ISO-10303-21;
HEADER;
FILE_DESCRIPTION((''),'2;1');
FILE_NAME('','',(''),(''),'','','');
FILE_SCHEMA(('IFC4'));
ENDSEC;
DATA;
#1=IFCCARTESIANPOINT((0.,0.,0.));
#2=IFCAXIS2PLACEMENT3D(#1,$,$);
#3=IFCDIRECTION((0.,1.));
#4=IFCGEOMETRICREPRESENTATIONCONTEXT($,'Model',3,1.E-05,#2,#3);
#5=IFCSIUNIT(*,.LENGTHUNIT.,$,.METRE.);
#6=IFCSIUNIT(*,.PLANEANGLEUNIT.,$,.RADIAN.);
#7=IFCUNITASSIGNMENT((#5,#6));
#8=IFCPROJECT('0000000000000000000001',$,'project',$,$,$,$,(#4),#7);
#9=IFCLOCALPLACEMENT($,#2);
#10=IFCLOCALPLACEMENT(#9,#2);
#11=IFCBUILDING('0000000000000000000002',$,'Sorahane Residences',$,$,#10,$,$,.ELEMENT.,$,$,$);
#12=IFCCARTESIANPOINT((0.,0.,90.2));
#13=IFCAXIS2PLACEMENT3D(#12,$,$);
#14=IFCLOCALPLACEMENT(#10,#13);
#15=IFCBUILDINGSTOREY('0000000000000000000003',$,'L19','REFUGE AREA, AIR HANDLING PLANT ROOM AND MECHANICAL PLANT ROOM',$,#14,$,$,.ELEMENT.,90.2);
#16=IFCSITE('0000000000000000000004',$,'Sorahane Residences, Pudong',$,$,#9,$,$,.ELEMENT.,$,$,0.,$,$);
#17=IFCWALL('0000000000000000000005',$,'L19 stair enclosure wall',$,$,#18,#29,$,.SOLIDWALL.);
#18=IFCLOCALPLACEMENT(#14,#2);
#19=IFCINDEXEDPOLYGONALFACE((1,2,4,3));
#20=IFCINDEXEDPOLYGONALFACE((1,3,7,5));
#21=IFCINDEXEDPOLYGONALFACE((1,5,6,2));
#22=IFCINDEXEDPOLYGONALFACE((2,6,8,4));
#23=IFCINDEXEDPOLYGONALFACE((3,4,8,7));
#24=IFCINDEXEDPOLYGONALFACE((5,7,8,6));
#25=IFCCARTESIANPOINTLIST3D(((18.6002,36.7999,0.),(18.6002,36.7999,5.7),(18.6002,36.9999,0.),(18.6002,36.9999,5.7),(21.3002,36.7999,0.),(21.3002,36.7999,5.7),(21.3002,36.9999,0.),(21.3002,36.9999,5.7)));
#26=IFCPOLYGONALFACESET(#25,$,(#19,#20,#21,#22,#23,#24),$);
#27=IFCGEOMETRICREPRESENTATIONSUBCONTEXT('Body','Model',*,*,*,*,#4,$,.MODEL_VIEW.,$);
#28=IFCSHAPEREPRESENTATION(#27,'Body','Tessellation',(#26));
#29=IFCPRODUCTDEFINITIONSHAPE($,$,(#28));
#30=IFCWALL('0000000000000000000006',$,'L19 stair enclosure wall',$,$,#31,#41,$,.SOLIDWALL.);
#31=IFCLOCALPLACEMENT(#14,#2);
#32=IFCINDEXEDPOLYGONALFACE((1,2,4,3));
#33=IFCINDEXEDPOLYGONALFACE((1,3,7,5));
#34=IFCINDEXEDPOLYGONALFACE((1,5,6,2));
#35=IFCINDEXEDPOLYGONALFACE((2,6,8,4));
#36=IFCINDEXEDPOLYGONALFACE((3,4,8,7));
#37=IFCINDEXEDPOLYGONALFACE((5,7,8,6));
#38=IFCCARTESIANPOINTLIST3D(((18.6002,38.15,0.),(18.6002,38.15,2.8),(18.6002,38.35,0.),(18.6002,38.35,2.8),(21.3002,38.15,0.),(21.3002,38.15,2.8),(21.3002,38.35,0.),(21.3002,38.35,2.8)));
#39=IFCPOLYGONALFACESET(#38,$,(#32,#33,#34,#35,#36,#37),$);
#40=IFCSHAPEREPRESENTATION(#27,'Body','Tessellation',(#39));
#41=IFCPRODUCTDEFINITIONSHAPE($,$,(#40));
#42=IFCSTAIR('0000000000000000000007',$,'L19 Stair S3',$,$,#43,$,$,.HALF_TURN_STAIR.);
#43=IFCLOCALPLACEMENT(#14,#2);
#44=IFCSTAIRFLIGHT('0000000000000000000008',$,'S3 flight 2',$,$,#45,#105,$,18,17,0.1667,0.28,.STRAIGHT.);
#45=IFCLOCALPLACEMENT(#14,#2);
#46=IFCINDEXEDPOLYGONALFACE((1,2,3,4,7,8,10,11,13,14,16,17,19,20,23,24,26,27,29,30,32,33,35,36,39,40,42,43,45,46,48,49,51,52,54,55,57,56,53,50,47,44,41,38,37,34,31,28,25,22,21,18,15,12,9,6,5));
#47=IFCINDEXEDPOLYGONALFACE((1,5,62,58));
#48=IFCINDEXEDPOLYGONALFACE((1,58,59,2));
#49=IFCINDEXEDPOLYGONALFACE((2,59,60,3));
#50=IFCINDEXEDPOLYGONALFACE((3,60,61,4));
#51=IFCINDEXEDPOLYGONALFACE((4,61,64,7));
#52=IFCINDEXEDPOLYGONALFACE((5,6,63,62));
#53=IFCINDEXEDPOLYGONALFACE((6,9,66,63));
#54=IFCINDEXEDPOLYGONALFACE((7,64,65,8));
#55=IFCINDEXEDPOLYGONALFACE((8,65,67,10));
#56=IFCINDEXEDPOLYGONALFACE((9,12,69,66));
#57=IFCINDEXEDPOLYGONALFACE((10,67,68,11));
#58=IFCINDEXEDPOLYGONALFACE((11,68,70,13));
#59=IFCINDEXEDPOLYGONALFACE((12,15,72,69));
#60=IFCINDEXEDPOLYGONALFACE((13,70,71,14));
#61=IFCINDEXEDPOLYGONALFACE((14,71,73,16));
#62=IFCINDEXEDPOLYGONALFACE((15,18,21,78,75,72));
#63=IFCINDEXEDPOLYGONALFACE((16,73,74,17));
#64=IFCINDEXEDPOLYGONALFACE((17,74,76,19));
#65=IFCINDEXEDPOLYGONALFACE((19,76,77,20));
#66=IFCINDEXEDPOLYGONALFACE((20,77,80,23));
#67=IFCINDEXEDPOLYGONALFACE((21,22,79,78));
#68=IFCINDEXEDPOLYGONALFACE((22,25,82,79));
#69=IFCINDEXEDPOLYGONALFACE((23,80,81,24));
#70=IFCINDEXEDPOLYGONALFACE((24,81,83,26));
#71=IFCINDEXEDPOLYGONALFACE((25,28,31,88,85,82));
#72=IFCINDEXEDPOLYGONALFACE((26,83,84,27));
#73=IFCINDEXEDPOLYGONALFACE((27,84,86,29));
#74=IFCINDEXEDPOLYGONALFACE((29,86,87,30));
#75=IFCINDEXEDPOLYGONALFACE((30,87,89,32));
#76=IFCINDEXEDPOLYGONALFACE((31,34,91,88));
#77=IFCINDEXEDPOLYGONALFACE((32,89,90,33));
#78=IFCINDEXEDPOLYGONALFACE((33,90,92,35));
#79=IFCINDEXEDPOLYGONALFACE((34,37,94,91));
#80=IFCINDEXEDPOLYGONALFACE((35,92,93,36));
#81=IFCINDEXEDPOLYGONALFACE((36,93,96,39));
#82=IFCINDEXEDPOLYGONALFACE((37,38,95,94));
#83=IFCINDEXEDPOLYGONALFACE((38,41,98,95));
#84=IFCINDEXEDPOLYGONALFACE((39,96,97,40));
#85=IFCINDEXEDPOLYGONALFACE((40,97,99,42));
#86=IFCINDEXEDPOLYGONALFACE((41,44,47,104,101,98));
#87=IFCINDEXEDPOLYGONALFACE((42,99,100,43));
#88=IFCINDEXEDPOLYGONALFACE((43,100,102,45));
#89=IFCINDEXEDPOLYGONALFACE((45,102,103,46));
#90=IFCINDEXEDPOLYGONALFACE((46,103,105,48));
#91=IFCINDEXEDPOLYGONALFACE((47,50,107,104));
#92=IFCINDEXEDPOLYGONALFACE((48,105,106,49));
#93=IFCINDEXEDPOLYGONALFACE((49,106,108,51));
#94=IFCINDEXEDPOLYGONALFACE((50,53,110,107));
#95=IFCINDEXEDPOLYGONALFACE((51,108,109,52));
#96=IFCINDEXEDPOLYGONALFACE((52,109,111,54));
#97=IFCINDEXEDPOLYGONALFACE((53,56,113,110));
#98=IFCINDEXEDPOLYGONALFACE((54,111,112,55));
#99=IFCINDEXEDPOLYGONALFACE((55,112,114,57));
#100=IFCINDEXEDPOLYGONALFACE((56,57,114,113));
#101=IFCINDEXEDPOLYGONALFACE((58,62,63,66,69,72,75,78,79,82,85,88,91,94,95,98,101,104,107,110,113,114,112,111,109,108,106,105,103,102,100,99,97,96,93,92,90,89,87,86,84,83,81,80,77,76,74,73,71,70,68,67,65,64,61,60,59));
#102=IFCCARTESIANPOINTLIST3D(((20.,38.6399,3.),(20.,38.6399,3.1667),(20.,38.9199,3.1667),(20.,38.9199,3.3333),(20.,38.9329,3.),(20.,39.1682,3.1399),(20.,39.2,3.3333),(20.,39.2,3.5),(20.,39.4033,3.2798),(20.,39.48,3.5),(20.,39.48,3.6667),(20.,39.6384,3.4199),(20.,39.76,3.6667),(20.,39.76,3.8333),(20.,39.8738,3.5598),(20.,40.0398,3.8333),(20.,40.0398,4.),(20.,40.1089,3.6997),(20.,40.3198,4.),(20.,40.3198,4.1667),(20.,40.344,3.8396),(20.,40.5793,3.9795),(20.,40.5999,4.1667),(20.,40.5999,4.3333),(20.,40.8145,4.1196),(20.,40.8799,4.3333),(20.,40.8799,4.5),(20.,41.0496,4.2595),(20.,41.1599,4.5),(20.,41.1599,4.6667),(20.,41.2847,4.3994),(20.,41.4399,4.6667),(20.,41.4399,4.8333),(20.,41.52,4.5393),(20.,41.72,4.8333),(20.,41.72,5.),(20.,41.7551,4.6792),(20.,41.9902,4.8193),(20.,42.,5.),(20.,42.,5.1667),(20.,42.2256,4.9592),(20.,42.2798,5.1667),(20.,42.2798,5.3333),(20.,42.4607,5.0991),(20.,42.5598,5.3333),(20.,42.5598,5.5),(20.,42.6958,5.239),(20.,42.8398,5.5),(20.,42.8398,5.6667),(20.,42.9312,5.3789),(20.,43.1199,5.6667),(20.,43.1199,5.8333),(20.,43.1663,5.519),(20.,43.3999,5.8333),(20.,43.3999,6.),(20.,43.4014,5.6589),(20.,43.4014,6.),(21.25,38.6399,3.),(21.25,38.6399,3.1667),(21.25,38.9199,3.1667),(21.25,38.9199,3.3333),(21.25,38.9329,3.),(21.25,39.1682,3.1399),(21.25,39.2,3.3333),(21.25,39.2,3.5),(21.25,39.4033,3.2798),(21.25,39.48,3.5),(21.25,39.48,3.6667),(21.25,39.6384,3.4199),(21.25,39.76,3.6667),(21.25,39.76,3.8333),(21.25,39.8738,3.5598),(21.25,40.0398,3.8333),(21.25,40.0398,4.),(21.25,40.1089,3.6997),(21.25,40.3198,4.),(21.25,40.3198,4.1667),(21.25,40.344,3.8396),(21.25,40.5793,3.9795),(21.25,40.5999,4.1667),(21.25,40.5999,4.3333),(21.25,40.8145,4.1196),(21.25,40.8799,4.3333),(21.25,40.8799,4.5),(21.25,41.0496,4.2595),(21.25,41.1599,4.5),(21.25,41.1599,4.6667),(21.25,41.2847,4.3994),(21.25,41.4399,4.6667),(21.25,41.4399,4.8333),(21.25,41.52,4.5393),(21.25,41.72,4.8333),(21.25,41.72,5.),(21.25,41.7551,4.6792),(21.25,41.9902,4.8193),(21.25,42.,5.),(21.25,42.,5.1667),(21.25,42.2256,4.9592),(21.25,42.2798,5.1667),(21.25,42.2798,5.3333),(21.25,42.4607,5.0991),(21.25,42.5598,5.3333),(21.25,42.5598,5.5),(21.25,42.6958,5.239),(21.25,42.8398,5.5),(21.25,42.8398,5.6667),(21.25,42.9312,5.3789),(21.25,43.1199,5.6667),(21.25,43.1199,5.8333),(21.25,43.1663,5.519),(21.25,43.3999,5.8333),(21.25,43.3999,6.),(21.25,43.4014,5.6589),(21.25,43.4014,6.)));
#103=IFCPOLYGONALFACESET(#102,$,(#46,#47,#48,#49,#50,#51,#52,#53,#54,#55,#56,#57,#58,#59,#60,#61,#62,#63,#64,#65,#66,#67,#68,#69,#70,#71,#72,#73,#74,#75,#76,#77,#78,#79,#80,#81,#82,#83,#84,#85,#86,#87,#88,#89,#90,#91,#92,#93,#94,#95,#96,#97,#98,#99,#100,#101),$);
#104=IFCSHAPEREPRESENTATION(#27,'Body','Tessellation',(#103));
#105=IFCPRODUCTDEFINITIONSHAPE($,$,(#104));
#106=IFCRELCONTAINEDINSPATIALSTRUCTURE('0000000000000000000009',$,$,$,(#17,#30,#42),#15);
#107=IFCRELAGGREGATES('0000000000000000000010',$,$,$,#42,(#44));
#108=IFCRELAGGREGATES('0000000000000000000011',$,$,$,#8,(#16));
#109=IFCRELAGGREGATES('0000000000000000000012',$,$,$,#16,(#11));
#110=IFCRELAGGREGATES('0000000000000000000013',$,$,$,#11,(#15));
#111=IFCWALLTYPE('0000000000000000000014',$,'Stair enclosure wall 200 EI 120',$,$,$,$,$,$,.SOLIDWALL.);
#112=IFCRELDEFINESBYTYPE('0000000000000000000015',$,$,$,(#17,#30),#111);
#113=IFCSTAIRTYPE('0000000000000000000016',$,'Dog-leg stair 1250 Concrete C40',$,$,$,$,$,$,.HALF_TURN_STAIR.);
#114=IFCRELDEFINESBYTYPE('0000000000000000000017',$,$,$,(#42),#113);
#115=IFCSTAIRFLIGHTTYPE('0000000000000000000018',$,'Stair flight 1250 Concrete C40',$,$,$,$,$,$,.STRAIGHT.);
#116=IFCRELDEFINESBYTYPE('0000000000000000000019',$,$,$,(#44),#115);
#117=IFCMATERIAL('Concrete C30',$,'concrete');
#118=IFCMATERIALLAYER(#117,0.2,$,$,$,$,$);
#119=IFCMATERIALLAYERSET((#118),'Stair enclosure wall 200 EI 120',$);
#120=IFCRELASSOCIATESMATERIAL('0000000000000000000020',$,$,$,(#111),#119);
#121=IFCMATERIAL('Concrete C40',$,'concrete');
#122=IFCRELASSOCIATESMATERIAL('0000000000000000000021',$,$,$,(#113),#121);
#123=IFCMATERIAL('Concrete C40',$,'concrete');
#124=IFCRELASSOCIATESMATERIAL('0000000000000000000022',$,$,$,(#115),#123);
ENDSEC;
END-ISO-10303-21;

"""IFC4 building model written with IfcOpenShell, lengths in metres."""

from ifc_helpers import new_model, si_unit, direction, frame, frame_2d, origin, place, context, subcontext, project, spatial, polyline, rectangle, outline, extrude, material, layer, layer_set, type_object, element, aggregate, save


model = new_model("IFC4")

# Units and contexts
model_context = context("Model", 3, precision=1e-05, world=origin(), true_north=direction((0.0, 1.0)))
body_context = subcontext(model_context, "Body", "Model", "MODEL_VIEW")
ifc_project = project(units=[si_unit("LENGTHUNIT", "METRE"), si_unit("PLANEANGLEUNIT", "RADIAN")], contexts=[model_context])

# Site, building, storey
site_placement = place(None, origin())
site = spatial("IfcSite", under=ifc_project, at=site_placement, Name="Sorahane Residences, Pudong", CompositionType="ELEMENT", RefElevation=0.0)
building_placement = place(site_placement, origin())
building = spatial("IfcBuilding", under=site, at=building_placement, Name="Sorahane Residences", CompositionType="ELEMENT")
storey_placement = place(building_placement, frame((0.0, 0.0, 90.2)))
storey = spatial("IfcBuildingStorey", under=building, at=storey_placement, Name="L19", Description="REFUGE AREA, AIR HANDLING PLANT ROOM AND MECHANICAL PLANT ROOM", CompositionType="ELEMENT", Elevation=90.2)

# Shared definitions
ifc_material_1 = material(Name="Concrete C30", Category="concrete")
ifc_layer_1 = layer(ifc_material_1, 0.2)
ifc_layer_set_1 = layer_set([ifc_layer_1], Name="Stair enclosure wall 200 EI 120")
wall_type_1 = type_object("IfcWallType", Name="Stair enclosure wall 200 EI 120", PredefinedType="SOLIDWALL", material=ifc_layer_set_1)

# Walls
wall_1_placement = place(storey_placement, frame((18.6001, 36.8999, 0.0), z_axis=(0.0, 0.0, 1.0), x_axis=(1.0, 0.0, 0.0)))
element("IfcWall", 1, at=wall_1_placement, inside=storey, type_object=wall_type_1, Name="L19 stair enclosure wall", PredefinedType="SOLIDWALL", context=body_context, shape_type="SweptSolid", body=[
    extrude(rectangle(XDim=2.7, YDim=0.2, at=frame_2d((1.3501, 0.0))), origin(), (0.0, 0.0, 1.0), 5.7),
])
wall_2_placement = place(storey_placement, frame((18.6001, 38.25, 0.0), z_axis=(0.0, 0.0, 1.0), x_axis=(1.0, 0.0, 0.0)))
element("IfcWall", 2, at=wall_2_placement, inside=storey, type_object=wall_type_1, Name="L19 stair enclosure wall", PredefinedType="SOLIDWALL", context=body_context, shape_type="SweptSolid", body=[
    extrude(rectangle(XDim=2.7, YDim=0.2, at=frame_2d((1.3501, 0.0))), origin(), (0.0, 0.0, 1.0), 2.8),
])

# Stair, stair flight
ifc_material_2 = material(Name="Concrete C40", Category="concrete")
stair_type = type_object("IfcStairType", Name="Dog-leg stair 1250 Concrete C40", PredefinedType="HALF_TURN_STAIR", material=ifc_material_2)
stair_placement = place(storey_placement, origin())
stair = element("IfcStair", 3, at=stair_placement, inside=storey, type_object=stair_type, Name="L19 Stair S3", PredefinedType="HALF_TURN_STAIR")
ifc_material_3 = material(Name="Concrete C40", Category="concrete")
stair_flight_type = type_object("IfcStairFlightType", Name="Stair flight 1250 Concrete C40", PredefinedType="STRAIGHT", material=ifc_material_3)
stair_flight_placement = place(storey_placement, frame((20.625, 38.6399, 3.0), z_axis=(0.0, 0.0, 1.0), x_axis=(0.0, 1.0, 0.0)))
stair_flight = element("IfcStairFlight", 4, at=stair_flight_placement, type_object=stair_flight_type, Name="S3 flight 2", NumberOfRisers=18, NumberOfTreads=17, PredefinedType="STRAIGHT", RiserHeight=0.1667, TreadLength=0.28, context=body_context, shape_type="SweptSolid", body=[
    extrude(outline(polyline([(0.0, 0.0), (0.0, 0.1667), (0.28, 0.1667), (0.28, 0.3333), (0.5601, 0.3333), (0.5601, 0.5), (0.8401, 0.5), (0.8401, 0.6667), (1.1201, 0.6667), (1.1201, 0.8333), (1.3999, 0.8333), (1.3999, 1.0), (1.6799, 1.0), (1.6799, 1.1667), (1.96, 1.1667), (1.96, 1.3333), (2.24, 1.3333), (2.24, 1.5), (2.52, 1.5), (2.52, 1.6667), (2.8, 1.6667), (2.8, 1.8333), (3.0801, 1.8333), (3.0801, 2.0), (3.3601, 2.0), (3.3601, 2.1667), (3.6399, 2.1667), (3.6399, 2.3333), (3.9199, 2.3333), (3.9199, 2.5), (4.2, 2.5), (4.2, 2.6667), (4.48, 2.6667), (4.48, 2.8333), (4.76, 2.8333), (4.76, 3.0), (4.7615, 3.0), (4.7615, 2.6589), (4.5264, 2.519), (4.2913, 2.3789), (4.0559, 2.239), (3.8208, 2.0991), (3.5857, 1.9592), (3.3503, 1.8193), (3.1152, 1.6792), (2.8801, 1.5393), (2.6448, 1.3994), (2.4097, 1.2595), (2.1746, 1.1196), (1.9395, 0.9795), (1.7041, 0.8396), (1.469, 0.6997), (1.2339, 0.5598), (0.9985, 0.4199), (0.7634, 0.2798), (0.5283, 0.1399), (0.293, 0.0), (0.0, 0.0)])), frame((0.0, 0.625, 0.0), z_axis=(0.0, -1.0, 0.0), x_axis=(1.0, 0.0, 0.0)), (0.0, 0.0, 1.0), 1.25),
])
aggregate(stair, [stair_flight])

save(model, "model.ifc")
